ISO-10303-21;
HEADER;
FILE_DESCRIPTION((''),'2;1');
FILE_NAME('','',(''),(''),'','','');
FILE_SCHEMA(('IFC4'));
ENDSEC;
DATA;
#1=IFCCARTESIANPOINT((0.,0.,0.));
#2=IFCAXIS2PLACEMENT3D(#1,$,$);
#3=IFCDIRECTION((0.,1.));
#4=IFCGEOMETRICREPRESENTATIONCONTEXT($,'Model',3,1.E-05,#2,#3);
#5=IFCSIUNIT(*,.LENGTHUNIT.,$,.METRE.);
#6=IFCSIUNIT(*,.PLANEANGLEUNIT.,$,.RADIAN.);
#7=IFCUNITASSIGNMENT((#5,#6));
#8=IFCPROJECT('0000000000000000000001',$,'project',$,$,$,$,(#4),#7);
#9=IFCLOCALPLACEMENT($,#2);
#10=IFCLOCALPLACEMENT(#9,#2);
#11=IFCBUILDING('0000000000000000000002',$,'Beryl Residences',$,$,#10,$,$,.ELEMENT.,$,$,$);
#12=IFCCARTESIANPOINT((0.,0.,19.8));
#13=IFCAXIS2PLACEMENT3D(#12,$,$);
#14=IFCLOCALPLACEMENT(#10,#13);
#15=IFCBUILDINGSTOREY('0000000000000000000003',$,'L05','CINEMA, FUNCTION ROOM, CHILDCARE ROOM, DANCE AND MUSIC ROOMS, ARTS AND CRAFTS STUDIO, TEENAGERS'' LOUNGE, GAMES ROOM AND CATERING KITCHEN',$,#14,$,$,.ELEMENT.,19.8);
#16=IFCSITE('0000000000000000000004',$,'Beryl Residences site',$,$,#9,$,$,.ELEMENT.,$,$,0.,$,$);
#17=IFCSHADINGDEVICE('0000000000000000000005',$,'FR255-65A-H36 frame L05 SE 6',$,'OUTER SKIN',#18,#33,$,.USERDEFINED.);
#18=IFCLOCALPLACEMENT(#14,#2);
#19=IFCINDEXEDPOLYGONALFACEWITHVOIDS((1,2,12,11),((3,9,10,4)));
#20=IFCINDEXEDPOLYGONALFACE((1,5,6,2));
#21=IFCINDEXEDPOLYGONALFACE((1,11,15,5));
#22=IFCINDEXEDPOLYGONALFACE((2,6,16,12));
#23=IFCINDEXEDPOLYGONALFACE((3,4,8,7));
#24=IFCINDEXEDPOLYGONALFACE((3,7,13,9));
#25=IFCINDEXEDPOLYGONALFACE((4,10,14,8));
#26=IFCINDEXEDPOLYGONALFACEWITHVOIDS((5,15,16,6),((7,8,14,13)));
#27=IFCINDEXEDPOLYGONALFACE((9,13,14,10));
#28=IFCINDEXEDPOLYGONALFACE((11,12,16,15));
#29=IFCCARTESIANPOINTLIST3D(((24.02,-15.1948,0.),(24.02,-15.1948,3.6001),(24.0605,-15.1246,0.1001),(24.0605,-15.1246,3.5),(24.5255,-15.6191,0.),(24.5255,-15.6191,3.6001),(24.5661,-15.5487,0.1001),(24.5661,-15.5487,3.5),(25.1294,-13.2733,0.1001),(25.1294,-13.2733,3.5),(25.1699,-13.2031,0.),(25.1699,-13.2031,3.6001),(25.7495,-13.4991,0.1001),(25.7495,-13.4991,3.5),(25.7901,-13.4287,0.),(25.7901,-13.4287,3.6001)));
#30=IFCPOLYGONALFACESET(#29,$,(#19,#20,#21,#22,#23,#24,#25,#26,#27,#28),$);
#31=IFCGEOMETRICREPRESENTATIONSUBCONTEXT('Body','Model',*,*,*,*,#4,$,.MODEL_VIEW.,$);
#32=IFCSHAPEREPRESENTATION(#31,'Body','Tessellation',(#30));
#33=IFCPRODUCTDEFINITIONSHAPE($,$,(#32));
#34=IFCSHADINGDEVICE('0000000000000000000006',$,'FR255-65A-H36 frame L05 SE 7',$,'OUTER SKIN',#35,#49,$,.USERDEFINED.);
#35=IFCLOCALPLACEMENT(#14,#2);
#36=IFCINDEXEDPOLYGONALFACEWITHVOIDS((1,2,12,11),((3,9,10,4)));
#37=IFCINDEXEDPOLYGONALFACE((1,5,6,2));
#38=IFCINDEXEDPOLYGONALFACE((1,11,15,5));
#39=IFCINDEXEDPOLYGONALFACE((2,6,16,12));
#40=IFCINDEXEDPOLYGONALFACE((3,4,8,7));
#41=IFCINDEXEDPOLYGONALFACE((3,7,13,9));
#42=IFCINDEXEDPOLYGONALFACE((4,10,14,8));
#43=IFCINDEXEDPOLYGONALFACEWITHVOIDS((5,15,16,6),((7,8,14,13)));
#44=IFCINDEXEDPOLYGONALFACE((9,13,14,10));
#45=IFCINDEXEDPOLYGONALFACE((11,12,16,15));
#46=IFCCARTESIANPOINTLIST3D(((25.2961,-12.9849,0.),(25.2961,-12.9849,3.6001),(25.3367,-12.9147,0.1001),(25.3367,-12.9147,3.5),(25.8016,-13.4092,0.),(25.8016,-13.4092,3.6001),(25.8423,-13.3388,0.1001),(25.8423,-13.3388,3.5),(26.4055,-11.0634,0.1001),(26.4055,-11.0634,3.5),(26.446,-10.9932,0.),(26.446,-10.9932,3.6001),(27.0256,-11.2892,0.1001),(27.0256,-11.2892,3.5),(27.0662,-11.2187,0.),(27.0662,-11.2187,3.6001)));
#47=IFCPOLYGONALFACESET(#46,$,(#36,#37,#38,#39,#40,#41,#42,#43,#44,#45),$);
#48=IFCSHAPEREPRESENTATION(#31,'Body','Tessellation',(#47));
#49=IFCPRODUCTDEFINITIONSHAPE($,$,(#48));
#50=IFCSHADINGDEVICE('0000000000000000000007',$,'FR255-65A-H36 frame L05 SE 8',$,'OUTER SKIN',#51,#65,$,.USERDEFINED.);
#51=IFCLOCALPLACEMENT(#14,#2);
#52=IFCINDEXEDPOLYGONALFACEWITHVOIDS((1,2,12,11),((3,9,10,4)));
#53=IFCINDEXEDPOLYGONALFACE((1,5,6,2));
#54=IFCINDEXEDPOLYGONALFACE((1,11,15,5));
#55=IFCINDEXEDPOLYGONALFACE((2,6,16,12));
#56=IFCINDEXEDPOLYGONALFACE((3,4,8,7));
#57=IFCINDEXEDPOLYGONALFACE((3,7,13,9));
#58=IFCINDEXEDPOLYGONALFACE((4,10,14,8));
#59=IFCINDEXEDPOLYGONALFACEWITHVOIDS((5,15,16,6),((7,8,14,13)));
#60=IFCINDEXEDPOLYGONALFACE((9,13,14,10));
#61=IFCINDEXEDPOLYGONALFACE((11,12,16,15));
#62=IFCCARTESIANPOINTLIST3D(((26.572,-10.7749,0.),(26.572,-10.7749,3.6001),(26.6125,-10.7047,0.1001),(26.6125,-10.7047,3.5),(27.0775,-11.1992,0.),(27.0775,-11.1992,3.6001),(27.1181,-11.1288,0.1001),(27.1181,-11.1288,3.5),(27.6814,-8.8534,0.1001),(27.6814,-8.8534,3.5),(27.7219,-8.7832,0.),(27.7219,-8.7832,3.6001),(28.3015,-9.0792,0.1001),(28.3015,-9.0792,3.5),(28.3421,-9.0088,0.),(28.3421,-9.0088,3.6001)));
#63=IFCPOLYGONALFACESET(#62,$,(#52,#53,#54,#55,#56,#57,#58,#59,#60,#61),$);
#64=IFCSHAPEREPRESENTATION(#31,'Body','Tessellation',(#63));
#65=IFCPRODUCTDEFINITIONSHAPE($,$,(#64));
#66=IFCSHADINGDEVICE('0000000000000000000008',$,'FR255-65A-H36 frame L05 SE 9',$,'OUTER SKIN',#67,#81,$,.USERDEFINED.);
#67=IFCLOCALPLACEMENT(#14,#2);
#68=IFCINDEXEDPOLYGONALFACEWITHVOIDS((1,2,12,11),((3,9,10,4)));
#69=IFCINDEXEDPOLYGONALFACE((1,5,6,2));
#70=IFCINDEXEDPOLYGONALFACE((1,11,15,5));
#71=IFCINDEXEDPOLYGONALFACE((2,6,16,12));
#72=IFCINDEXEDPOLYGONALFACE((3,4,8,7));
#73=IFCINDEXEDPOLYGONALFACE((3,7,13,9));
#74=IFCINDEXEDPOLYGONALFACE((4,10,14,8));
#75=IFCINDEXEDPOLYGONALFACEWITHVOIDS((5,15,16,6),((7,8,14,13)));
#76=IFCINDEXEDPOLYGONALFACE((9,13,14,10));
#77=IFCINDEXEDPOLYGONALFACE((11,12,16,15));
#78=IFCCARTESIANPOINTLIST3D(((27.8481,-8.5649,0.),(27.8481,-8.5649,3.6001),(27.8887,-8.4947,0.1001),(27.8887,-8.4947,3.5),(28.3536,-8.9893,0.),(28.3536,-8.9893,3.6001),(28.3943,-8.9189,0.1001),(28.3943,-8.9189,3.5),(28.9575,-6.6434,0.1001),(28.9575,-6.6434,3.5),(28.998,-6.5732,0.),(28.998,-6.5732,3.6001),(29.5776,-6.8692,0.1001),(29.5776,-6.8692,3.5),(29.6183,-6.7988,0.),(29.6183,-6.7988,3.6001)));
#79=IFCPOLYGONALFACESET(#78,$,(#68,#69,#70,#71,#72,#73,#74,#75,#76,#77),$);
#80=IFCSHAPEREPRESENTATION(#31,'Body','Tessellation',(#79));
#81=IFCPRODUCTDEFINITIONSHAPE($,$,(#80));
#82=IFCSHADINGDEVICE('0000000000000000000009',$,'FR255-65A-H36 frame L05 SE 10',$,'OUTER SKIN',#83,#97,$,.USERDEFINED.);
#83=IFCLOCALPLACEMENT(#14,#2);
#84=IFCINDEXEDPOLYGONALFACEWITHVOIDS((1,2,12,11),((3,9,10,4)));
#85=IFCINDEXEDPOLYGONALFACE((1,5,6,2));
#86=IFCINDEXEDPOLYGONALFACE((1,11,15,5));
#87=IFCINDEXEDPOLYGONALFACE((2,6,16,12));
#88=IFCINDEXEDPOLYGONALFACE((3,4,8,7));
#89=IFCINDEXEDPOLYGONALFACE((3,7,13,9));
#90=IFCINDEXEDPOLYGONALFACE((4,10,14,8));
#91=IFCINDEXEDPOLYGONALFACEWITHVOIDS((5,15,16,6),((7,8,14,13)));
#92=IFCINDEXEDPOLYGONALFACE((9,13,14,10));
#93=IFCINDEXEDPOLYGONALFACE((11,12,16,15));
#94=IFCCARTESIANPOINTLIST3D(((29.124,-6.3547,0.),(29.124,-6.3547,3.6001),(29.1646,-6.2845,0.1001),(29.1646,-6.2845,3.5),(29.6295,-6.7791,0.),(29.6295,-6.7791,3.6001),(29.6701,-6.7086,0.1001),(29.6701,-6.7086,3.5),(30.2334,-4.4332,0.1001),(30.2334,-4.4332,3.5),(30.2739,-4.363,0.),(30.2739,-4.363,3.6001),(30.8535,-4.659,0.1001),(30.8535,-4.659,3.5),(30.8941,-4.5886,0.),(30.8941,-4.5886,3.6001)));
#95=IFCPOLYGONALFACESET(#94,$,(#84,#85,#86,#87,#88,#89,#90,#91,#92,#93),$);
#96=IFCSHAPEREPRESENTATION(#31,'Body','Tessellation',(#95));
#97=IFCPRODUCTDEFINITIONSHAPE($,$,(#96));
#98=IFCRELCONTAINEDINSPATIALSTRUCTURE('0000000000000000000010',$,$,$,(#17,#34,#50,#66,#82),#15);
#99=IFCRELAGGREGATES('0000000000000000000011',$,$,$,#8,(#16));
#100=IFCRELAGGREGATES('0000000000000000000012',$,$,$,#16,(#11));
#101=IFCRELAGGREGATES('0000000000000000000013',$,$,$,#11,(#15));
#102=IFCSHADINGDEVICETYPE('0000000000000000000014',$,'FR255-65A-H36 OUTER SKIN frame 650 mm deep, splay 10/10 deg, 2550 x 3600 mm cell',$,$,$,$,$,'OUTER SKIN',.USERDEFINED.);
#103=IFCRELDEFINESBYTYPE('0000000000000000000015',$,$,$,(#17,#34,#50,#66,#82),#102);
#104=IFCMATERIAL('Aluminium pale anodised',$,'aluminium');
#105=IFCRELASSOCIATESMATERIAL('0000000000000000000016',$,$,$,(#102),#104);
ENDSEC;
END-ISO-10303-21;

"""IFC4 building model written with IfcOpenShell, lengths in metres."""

from ifc_helpers import new_model, entity, si_unit, direction, frame, origin, place, context, subcontext, project, spatial, source, transform, mapped, material, type_object, type_shapes, element, save


model = new_model("IFC4")

# Units and contexts
model_context = context("Model", 3, precision=1e-05, world=origin(), true_north=direction((0.0, 1.0)))
body_context = subcontext(model_context, "Body", "Model", "MODEL_VIEW")
ifc_project = project(units=[si_unit("LENGTHUNIT", "METRE"), si_unit("PLANEANGLEUNIT", "RADIAN")], contexts=[model_context])

# Site, building, storey
site_placement = place(None, origin())
site = spatial("IfcSite", under=ifc_project, at=site_placement, Name="Beryl Residences site", CompositionType="ELEMENT", RefElevation=0.0)
building_placement = place(site_placement, origin())
building = spatial("IfcBuilding", under=site, at=building_placement, Name="Beryl Residences", CompositionType="ELEMENT")
storey_placement = place(building_placement, frame((0.0, 0.0, 19.8)))
storey = spatial("IfcBuildingStorey", under=building, at=storey_placement, Name="L05", Description="CINEMA, FUNCTION ROOM, CHILDCARE ROOM, DANCE AND MUSIC ROOMS, ARTS AND CRAFTS STUDIO, TEENAGERS' LOUNGE, GAMES ROOM AND CATERING KITCHEN", CompositionType="ELEMENT", Elevation=19.8)

# Shading devices
ifc_material_1 = material(Name="Aluminium pale anodised", Category="aluminium")
shading_device_type_1 = type_object("IfcShadingDeviceType", Name="FR255-65A-H36 OUTER SKIN frame 650 mm deep, splay 10/10 deg, 2550 x 3600 mm cell", ElementType="OUTER SKIN", PredefinedType="USERDEFINED", material=ifc_material_1)
cartesian_point_1 = entity("IfcCartesianPoint", [-1.1499, 0.0])
cartesian_point_2 = entity("IfcCartesianPoint", [-1.0688, 0.1001])
cartesian_point_3 = entity("IfcCartesianPoint", [-1.2646, 0.0])
cartesian_point_4 = entity("IfcCartesianPoint", [-1.1833, 0.1001])
shared_shape_1 = source(origin(), body_context, "Body", "SweptSolid", [
    entity("IfcExtrudedAreaSolidTapered", entity("IfcArbitraryProfileDefWithVoids", "AREA", None, entity("IfcPolyline", [cartesian_point_1, entity("IfcCartesianPoint", [1.1499, 0.0]), entity("IfcCartesianPoint", [1.1499, 3.6001]), entity("IfcCartesianPoint", [-1.1499, 3.6001]), cartesian_point_1]), [entity("IfcPolyline", [cartesian_point_2, entity("IfcCartesianPoint", [1.0688, 0.1001]), entity("IfcCartesianPoint", [1.0688, 3.5]), entity("IfcCartesianPoint", [-1.0688, 3.5]), cartesian_point_2])]), entity("IfcAxis2Placement3D", entity("IfcCartesianPoint", [0.0, 0.0, 0.0]), entity("IfcDirection", [0.0, 1.0, 0.0]), entity("IfcDirection", [-1.0, 0.0, 0.0])), entity("IfcDirection", [0.0, 0.0, 1.0]), 0.6499, entity("IfcArbitraryProfileDefWithVoids", "AREA", None, entity("IfcPolyline", [cartesian_point_3, entity("IfcCartesianPoint", [1.2646, 0.0]), entity("IfcCartesianPoint", [1.2646, 3.6001]), entity("IfcCartesianPoint", [-1.2646, 3.6001]), cartesian_point_3]), [entity("IfcPolyline", [cartesian_point_4, entity("IfcCartesianPoint", [1.1833, 0.1001]), entity("IfcCartesianPoint", [1.1833, 3.5]), entity("IfcCartesianPoint", [-1.1833, 3.5]), cartesian_point_4])])),
])
type_shapes(shading_device_type_1, [shared_shape_1])
for number, where, z_axis, x_axis, name in (
    (1, (24.595, -14.199, 0.0), (0.0, 0.0, 1.0), (-0.5, -0.866025, 0.0), "FR255-65A-H36 frame L05 SE 6"),
    (2, (25.8711, -11.989, 0.0), (0.0, 0.0, 1.0), (-0.5, -0.866025, 0.0), "FR255-65A-H36 frame L05 SE 7"),
    (3, (27.147, -9.7791, 0.0), (0.0, 0.0, 1.0), (-0.5, -0.866025, 0.0), "FR255-65A-H36 frame L05 SE 8"),
    (4, (28.4231, -7.5691, 0.0), (0.0, 0.0, 1.0), (-0.5, -0.866025, 0.0), "FR255-65A-H36 frame L05 SE 9"),
    (5, (29.699, -5.3589, 0.0), (0.0, 0.0, 1.0), (-0.5, -0.866025, 0.0), "FR255-65A-H36 frame L05 SE 10"),
):
    element("IfcShadingDevice", number, at=place(storey_placement, frame(where, z_axis=z_axis, x_axis=x_axis)), inside=storey, type_object=shading_device_type_1, Name=name, ObjectType="OUTER SKIN", PredefinedType="USERDEFINED", context=body_context, shape_type="MappedRepresentation", body=[
        mapped(shared_shape_1, transform((0.0, 0.0, 0.0))),
    ])

save(model, "model.ifc")
